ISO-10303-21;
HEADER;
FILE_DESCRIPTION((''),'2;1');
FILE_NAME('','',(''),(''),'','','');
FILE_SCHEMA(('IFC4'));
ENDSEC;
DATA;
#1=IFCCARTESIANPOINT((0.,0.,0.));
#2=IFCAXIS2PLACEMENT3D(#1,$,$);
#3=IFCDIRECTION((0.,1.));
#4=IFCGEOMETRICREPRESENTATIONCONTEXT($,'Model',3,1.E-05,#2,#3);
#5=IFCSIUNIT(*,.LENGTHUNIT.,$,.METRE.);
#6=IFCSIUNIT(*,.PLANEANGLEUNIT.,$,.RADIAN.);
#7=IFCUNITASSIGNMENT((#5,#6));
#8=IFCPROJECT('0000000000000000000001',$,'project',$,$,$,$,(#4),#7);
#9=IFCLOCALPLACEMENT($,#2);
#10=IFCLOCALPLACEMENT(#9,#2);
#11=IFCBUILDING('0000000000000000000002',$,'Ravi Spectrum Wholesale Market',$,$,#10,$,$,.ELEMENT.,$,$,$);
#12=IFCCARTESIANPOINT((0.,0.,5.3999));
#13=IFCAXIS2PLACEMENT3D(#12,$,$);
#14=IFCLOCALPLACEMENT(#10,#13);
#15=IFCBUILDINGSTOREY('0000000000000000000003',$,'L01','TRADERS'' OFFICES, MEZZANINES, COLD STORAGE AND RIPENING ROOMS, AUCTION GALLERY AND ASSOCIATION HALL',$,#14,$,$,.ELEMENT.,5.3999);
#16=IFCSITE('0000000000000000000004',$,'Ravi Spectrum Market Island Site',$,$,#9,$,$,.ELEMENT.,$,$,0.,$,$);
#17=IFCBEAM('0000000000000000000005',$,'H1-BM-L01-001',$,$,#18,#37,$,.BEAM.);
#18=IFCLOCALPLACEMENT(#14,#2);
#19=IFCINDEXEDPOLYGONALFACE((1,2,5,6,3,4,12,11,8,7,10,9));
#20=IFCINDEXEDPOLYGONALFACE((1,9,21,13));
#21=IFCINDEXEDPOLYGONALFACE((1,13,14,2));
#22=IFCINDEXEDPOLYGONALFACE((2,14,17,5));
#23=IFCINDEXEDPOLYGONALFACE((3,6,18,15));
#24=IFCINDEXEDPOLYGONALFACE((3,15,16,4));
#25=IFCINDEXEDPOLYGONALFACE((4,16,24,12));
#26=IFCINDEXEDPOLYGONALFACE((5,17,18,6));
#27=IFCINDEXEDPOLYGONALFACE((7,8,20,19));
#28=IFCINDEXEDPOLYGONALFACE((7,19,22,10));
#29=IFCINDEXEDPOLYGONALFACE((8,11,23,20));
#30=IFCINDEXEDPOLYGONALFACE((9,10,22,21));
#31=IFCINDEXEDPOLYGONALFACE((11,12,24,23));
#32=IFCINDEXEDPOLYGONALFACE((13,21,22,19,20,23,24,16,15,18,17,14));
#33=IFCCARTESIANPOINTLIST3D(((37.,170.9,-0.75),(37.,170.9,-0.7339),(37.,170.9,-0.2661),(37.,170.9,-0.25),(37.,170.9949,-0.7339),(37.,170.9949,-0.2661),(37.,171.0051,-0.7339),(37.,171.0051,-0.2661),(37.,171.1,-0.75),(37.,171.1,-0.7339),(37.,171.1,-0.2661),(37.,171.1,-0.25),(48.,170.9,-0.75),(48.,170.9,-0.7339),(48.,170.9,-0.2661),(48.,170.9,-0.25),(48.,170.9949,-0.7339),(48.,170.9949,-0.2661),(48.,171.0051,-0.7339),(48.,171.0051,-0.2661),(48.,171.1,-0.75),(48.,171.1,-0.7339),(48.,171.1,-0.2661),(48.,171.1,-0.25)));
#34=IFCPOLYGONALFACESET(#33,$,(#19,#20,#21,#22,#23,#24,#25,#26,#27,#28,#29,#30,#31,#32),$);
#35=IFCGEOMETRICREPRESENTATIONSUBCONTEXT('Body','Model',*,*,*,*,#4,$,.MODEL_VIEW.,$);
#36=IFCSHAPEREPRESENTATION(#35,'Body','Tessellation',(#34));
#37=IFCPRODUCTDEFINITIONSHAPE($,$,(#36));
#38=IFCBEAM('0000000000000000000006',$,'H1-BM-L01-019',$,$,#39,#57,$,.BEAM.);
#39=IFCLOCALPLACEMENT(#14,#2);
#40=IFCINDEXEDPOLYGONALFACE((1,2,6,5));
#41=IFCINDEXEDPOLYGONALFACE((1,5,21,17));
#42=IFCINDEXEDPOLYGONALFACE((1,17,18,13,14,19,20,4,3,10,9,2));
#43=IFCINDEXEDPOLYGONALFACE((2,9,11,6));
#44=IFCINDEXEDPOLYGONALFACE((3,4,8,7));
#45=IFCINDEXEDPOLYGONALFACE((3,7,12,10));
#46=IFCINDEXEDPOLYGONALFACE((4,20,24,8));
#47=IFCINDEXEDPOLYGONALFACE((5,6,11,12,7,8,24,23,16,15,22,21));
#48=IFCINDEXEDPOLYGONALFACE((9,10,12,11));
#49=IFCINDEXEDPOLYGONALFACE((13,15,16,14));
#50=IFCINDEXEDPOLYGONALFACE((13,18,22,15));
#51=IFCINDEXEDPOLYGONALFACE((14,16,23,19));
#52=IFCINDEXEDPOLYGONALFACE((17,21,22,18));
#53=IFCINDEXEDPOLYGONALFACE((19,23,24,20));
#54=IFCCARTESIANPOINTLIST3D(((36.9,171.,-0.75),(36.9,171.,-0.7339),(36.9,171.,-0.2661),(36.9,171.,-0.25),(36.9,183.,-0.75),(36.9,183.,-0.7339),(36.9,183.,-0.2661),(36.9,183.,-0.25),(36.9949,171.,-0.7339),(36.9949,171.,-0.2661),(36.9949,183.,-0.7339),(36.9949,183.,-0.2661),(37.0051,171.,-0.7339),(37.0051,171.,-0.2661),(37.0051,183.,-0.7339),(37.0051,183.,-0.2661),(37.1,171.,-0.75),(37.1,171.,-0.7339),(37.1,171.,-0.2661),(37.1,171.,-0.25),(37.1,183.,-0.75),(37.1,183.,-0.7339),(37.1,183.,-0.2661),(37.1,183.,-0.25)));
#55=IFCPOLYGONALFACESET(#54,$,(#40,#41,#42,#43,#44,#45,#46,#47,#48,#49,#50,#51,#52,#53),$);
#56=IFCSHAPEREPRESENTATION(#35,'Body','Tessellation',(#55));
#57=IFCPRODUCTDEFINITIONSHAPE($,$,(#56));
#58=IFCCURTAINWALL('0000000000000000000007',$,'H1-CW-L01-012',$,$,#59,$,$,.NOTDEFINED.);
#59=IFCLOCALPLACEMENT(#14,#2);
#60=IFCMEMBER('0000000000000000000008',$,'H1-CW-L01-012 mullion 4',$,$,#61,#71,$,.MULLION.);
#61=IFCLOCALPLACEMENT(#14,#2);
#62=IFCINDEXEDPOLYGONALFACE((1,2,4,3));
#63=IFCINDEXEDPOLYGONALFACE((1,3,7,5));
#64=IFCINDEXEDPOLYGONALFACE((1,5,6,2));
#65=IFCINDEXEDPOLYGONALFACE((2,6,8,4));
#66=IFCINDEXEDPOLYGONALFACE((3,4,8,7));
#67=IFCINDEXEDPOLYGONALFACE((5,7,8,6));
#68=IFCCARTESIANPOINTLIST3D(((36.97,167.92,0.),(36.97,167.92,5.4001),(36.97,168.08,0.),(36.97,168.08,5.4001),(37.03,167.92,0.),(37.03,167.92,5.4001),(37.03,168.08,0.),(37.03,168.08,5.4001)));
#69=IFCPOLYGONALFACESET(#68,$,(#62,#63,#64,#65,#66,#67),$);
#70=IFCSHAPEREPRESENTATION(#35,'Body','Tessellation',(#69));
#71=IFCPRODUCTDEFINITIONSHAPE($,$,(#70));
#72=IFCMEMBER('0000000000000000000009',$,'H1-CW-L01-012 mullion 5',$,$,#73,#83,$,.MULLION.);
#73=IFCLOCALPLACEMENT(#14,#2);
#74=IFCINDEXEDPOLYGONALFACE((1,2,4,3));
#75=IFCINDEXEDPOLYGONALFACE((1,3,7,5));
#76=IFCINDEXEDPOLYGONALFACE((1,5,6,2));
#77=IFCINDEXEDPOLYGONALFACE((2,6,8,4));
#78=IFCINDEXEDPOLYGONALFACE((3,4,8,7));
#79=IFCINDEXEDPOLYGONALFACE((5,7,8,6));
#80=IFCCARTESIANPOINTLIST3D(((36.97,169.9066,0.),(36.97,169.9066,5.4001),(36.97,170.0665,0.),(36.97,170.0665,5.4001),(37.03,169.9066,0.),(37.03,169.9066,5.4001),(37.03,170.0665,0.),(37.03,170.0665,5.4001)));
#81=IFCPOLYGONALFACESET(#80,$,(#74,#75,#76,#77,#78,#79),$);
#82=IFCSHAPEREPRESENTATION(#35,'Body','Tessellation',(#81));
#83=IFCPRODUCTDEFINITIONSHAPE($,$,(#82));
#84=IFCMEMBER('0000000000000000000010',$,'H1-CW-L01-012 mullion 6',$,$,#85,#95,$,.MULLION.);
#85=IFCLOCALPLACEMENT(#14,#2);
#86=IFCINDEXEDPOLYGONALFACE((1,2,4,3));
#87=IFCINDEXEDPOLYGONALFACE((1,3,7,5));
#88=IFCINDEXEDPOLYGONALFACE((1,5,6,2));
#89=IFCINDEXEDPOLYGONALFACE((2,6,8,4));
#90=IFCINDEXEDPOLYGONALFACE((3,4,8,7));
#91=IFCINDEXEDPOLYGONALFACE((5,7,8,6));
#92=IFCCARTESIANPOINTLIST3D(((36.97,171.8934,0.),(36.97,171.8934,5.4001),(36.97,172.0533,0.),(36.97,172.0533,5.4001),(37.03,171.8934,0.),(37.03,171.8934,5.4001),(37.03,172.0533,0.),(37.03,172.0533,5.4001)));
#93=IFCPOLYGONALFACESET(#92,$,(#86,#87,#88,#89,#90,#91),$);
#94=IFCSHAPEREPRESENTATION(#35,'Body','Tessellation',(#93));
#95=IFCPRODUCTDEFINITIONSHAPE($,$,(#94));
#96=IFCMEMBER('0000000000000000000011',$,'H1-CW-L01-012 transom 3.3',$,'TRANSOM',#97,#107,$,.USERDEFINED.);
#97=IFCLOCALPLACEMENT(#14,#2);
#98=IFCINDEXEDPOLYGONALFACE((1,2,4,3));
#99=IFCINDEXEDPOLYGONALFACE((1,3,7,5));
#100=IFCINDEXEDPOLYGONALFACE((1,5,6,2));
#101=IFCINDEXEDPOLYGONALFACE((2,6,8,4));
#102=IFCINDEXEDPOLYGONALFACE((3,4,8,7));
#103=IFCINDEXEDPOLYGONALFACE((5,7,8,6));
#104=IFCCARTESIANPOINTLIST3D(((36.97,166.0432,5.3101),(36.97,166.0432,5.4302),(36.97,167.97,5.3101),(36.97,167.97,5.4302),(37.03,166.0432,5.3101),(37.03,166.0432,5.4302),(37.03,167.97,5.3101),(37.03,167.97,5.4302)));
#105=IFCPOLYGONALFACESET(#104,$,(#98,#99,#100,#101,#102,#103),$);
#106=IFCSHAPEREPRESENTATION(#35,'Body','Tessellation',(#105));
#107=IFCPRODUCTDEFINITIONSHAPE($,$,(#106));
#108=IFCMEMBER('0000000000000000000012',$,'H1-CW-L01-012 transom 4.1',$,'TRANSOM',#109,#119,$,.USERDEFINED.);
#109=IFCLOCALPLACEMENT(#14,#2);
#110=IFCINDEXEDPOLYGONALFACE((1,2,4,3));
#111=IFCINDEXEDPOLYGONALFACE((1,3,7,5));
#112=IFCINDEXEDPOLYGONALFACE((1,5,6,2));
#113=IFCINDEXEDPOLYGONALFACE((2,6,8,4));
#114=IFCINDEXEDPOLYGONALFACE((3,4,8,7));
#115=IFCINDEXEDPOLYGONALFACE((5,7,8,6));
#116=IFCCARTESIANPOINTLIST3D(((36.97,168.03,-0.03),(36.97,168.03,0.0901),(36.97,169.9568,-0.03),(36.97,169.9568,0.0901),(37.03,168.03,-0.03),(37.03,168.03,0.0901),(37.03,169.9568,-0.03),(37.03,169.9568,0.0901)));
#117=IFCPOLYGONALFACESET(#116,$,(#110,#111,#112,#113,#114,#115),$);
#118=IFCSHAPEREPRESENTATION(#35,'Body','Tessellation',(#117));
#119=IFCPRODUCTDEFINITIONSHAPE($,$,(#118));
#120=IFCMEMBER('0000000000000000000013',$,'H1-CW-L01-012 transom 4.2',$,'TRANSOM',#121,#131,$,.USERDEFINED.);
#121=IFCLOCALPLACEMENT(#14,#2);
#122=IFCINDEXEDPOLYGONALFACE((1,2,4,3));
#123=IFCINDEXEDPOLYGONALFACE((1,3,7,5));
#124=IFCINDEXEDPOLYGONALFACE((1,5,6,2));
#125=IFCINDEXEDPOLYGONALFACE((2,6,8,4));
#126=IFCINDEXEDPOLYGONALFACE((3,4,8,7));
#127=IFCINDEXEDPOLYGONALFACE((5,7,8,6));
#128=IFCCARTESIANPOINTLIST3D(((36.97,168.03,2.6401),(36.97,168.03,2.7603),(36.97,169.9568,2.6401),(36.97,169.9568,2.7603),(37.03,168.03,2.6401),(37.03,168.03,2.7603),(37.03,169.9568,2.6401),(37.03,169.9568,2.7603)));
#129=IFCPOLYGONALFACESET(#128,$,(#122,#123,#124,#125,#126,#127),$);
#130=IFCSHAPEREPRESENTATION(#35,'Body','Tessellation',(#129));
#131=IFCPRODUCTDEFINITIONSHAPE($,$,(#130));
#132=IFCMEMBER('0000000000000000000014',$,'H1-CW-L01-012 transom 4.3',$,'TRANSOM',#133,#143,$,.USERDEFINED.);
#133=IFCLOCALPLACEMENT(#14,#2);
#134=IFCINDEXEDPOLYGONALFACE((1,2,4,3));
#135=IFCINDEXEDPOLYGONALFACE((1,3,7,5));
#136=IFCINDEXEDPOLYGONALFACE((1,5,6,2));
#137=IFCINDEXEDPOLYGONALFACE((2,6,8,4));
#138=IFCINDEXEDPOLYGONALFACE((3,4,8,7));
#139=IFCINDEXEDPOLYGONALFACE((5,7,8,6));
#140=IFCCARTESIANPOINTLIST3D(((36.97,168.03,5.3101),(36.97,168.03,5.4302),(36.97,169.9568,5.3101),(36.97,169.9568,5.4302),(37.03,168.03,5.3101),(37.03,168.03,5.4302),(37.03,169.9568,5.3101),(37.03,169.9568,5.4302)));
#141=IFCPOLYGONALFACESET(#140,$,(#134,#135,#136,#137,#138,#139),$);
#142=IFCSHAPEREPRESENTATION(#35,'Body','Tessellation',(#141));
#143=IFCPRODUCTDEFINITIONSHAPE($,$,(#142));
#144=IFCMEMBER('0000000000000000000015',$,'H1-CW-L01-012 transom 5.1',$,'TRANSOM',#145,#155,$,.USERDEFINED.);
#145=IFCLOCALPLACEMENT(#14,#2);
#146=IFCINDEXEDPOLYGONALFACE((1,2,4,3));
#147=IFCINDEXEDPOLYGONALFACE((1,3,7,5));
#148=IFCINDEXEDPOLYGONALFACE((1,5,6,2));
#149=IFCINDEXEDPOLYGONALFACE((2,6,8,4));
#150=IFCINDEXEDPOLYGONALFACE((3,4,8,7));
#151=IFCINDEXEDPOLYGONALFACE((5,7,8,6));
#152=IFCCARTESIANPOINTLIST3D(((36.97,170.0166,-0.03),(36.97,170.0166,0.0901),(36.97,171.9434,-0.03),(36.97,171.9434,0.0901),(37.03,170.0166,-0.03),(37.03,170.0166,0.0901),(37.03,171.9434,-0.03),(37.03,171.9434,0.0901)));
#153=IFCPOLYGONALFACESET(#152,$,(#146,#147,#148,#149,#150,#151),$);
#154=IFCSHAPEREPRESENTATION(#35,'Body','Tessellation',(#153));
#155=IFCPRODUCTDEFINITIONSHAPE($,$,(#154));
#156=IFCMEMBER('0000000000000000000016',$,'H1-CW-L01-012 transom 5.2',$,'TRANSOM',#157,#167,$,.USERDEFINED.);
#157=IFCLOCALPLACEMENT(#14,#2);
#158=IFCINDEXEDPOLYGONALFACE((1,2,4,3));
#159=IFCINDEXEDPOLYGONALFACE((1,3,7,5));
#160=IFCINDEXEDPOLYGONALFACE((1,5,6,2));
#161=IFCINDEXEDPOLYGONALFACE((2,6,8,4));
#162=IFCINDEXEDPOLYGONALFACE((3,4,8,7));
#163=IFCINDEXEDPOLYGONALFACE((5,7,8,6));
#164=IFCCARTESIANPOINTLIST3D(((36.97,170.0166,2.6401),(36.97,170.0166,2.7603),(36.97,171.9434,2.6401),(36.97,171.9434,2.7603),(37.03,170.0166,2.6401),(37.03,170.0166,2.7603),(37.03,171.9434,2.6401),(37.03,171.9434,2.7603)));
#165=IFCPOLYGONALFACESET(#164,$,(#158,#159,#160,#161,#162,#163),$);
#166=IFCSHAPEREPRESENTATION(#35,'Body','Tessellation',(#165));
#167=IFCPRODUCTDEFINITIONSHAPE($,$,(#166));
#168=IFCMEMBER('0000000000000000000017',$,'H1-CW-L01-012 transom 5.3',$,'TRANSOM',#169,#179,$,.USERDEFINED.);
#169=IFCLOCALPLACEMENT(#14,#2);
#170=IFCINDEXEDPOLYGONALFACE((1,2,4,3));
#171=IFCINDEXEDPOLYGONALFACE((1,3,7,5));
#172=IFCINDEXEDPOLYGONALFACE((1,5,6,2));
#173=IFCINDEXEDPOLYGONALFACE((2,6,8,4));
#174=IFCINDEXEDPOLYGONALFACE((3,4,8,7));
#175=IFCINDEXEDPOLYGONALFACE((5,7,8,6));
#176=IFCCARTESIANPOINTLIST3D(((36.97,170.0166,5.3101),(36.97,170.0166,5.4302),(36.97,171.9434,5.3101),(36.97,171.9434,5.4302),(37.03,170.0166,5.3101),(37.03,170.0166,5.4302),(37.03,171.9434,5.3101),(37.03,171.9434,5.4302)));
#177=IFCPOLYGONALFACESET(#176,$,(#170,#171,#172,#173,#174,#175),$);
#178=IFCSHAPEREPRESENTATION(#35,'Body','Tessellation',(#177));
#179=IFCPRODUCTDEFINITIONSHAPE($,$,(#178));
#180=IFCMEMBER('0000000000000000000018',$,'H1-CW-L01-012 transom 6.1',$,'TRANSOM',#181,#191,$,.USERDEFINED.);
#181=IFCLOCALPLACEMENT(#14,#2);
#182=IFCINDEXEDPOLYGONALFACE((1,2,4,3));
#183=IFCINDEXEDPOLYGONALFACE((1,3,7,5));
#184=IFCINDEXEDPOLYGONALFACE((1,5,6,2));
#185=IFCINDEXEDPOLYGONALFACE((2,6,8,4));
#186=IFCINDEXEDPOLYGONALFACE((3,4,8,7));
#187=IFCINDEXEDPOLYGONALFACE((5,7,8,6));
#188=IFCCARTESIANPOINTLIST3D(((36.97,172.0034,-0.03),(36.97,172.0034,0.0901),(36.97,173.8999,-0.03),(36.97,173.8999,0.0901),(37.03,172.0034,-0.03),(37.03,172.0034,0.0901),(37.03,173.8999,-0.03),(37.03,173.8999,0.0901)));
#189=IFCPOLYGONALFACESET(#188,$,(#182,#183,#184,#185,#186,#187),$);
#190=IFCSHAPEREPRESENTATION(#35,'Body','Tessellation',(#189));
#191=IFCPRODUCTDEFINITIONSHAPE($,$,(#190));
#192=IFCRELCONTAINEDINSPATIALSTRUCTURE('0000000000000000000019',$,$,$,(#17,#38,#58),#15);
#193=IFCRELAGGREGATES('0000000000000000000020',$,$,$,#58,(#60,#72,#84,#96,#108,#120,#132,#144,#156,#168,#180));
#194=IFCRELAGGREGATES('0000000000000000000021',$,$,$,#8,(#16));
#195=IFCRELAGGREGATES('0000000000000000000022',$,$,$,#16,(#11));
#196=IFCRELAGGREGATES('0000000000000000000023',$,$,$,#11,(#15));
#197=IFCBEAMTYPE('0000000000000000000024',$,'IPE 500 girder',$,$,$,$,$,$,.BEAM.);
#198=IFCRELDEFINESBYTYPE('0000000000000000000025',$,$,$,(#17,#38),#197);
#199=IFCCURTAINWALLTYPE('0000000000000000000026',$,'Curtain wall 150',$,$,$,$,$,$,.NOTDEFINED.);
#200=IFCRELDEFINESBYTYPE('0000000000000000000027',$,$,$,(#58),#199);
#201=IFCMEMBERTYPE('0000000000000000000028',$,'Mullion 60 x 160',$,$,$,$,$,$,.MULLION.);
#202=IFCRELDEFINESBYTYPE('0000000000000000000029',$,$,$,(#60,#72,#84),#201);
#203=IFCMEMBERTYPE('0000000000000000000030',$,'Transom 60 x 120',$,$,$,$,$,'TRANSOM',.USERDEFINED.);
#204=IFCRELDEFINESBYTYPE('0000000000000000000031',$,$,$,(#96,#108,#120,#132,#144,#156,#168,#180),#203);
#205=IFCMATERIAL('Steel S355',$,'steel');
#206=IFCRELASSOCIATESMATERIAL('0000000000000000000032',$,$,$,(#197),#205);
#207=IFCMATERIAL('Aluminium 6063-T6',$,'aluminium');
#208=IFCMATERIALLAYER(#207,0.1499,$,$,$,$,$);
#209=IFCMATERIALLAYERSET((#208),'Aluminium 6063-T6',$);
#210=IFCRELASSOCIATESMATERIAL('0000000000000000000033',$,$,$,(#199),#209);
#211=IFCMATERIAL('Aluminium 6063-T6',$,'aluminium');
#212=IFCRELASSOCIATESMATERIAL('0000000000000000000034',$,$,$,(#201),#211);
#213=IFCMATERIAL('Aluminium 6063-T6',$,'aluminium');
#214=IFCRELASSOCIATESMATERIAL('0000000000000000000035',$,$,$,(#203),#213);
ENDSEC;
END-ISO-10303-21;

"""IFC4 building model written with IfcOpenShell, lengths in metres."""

from ifc_helpers import new_model, si_unit, direction, frame, origin, origin_2d, place, context, subcontext, project, spatial, rectangle, i_section, extrude, material, layer, layer_set, material_profile, profile_set, type_object, element, aggregate, save


model = new_model("IFC4")

# Units and contexts
model_context = context("Model", 3, precision=1e-05, world=origin(), true_north=direction((0.0, 1.0)))
body_context = subcontext(model_context, "Body", "Model", "MODEL_VIEW")
ifc_project = project(units=[si_unit("LENGTHUNIT", "METRE"), si_unit("PLANEANGLEUNIT", "RADIAN")], contexts=[model_context])

# Site, building, storey
site_placement = place(None, origin())
site = spatial("IfcSite", under=ifc_project, at=site_placement, Name="Ravi Spectrum Market Island Site", CompositionType="ELEMENT", RefElevation=0.0)
building_placement = place(site_placement, origin())
building = spatial("IfcBuilding", under=site, at=building_placement, Name="Ravi Spectrum Wholesale Market", CompositionType="ELEMENT")
storey_placement = place(building_placement, frame((0.0, 0.0, 5.3999)))
storey = spatial("IfcBuildingStorey", under=building, at=storey_placement, Name="L01", Description="TRADERS' OFFICES, MEZZANINES, COLD STORAGE AND RIPENING ROOMS, AUCTION GALLERY AND ASSOCIATION HALL", CompositionType="ELEMENT", Elevation=5.3999)

# Beams
ifc_material_1 = material(Name="Steel S355", Category="steel")
ifc_material_profile_1 = material_profile(ifc_material_1, i_section(OverallWidth=0.2, OverallDepth=0.5, WebThickness=0.0103, FlangeThickness=0.0161, at=origin_2d()))
ifc_profile_set_1 = profile_set([ifc_material_profile_1], Name="Steel S355")
beam_type = type_object("IfcBeamType", Name="IPE 500 girder", PredefinedType="BEAM", material=ifc_profile_set_1)
beam_1_placement = place(storey_placement, frame((37.0, 171.0, -0.5), z_axis=(1.0, 0.0, 0.0), x_axis=(0.0, 1.0, 0.0)))
element("IfcBeam", 1, at=beam_1_placement, inside=storey, type_object=beam_type, Name="H1-BM-L01-001", PredefinedType="BEAM", context=body_context, shape_type="SweptSolid", body=[
    extrude(i_section(OverallWidth=0.2, OverallDepth=0.5, WebThickness=0.0103, FlangeThickness=0.0161, at=origin_2d()), origin(), (0.0, 0.0, 1.0), 11.0),
])
beam_2_placement = place(storey_placement, frame((37.0, 171.0, -0.5), z_axis=(0.0, 1.0, 0.0), x_axis=(-1.0, 0.0, 0.0)))
element("IfcBeam", 2, at=beam_2_placement, inside=storey, type_object=beam_type, Name="H1-BM-L01-019", PredefinedType="BEAM", context=body_context, shape_type="SweptSolid", body=[
    extrude(i_section(OverallWidth=0.2, OverallDepth=0.5, WebThickness=0.0103, FlangeThickness=0.0161, at=origin_2d()), origin(), (0.0, 0.0, 1.0), 12.0),
])

# Curtain wall, members
ifc_material_2 = material(Name="Aluminium 6063-T6", Category="aluminium")
ifc_layer_1 = layer(ifc_material_2, 0.1499)
ifc_layer_set_1 = layer_set([ifc_layer_1], Name="Aluminium 6063-T6")
curtain_wall_type = type_object("IfcCurtainWallType", Name="Curtain wall 150", PredefinedType="NOTDEFINED", material=ifc_layer_set_1)
curtain_wall_placement = place(storey_placement, origin())
curtain_wall = element("IfcCurtainWall", 3, at=curtain_wall_placement, inside=storey, type_object=curtain_wall_type, Name="H1-CW-L01-012", PredefinedType="NOTDEFINED")
ifc_material_3 = material(Name="Aluminium 6063-T6", Category="aluminium")
ifc_material_profile_2 = material_profile(ifc_material_3, rectangle(XDim=0.0601, YDim=0.1599, at=origin_2d()))
ifc_profile_set_2 = profile_set([ifc_material_profile_2], Name="Aluminium 6063-T6")
member_type_1 = type_object("IfcMemberType", Name="Mullion 60 x 160", PredefinedType="MULLION", material=ifc_profile_set_2)
member_1_placement = place(storey_placement, frame((37.0, 168.0, 0.0), z_axis=(0.0, 0.0, 1.0), x_axis=(-1.0, 0.0, 0.0)))
member_1 = element("IfcMember", 4, at=member_1_placement, type_object=member_type_1, Name="H1-CW-L01-012 mullion 4", PredefinedType="MULLION", context=body_context, shape_type="SweptSolid", body=[
    extrude(rectangle(XDim=0.0601, YDim=0.1599, at=origin_2d()), origin(), (0.0, 0.0, 1.0), 5.4001),
])
member_2_placement = place(storey_placement, frame((37.0, 169.9866, 0.0), z_axis=(0.0, 0.0, 1.0), x_axis=(-1.0, 0.0, 0.0)))
member_2 = element("IfcMember", 5, at=member_2_placement, type_object=member_type_1, Name="H1-CW-L01-012 mullion 5", PredefinedType="MULLION", context=body_context, shape_type="SweptSolid", body=[
    extrude(rectangle(XDim=0.0601, YDim=0.1599, at=origin_2d()), origin(), (0.0, 0.0, 1.0), 5.4001),
])
member_3_placement = place(storey_placement, frame((37.0, 171.9734, 0.0), z_axis=(0.0, 0.0, 1.0), x_axis=(-1.0, 0.0, 0.0)))
member_3 = element("IfcMember", 6, at=member_3_placement, type_object=member_type_1, Name="H1-CW-L01-012 mullion 6", PredefinedType="MULLION", context=body_context, shape_type="SweptSolid", body=[
    extrude(rectangle(XDim=0.0601, YDim=0.1599, at=origin_2d()), origin(), (0.0, 0.0, 1.0), 5.4001),
])
ifc_material_4 = material(Name="Aluminium 6063-T6", Category="aluminium")
ifc_material_profile_3 = material_profile(ifc_material_4, rectangle(XDim=0.0601, YDim=0.1201, at=origin_2d()))
ifc_profile_set_3 = profile_set([ifc_material_profile_3], Name="Aluminium 6063-T6")
member_type_2 = type_object("IfcMemberType", Name="Transom 60 x 120", ElementType="TRANSOM", PredefinedType="USERDEFINED", material=ifc_profile_set_3)
member_4_placement = place(storey_placement, frame((37.0, 166.0432, 5.3701), z_axis=(0.0, 1.0, 0.0), x_axis=(-1.0, 0.0, 0.0)))
member_4 = element("IfcMember", 7, at=member_4_placement, type_object=member_type_2, Name="H1-CW-L01-012 transom 3.3", ObjectType="TRANSOM", PredefinedType="USERDEFINED", context=body_context, shape_type="SweptSolid", body=[
    extrude(rectangle(XDim=0.0601, YDim=0.1201, at=origin_2d()), origin(), (0.0, 0.0, 1.0), 1.9268),
])
member_5_placement = place(storey_placement, frame((37.0, 168.03, 0.03), z_axis=(0.0, 1.0, 0.0), x_axis=(-1.0, 0.0, 0.0)))
member_5 = element("IfcMember", 8, at=member_5_placement, type_object=member_type_2, Name="H1-CW-L01-012 transom 4.1", ObjectType="TRANSOM", PredefinedType="USERDEFINED", context=body_context, shape_type="SweptSolid", body=[
    extrude(rectangle(XDim=0.0601, YDim=0.1201, at=origin_2d()), origin(), (0.0, 0.0, 1.0), 1.9268),
])
member_6_placement = place(storey_placement, frame((37.0, 168.03, 2.7002), z_axis=(0.0, 1.0, 0.0), x_axis=(-1.0, 0.0, 0.0)))
member_6 = element("IfcMember", 9, at=member_6_placement, type_object=member_type_2, Name="H1-CW-L01-012 transom 4.2", ObjectType="TRANSOM", PredefinedType="USERDEFINED", context=body_context, shape_type="SweptSolid", body=[
    extrude(rectangle(XDim=0.0601, YDim=0.1201, at=origin_2d()), origin(), (0.0, 0.0, 1.0), 1.9268),
])
member_7_placement = place(storey_placement, frame((37.0, 168.03, 5.3701), z_axis=(0.0, 1.0, 0.0), x_axis=(-1.0, 0.0, 0.0)))
member_7 = element("IfcMember", 10, at=member_7_placement, type_object=member_type_2, Name="H1-CW-L01-012 transom 4.3", ObjectType="TRANSOM", PredefinedType="USERDEFINED", context=body_context, shape_type="SweptSolid", body=[
    extrude(rectangle(XDim=0.0601, YDim=0.1201, at=origin_2d()), origin(), (0.0, 0.0, 1.0), 1.9268),
])
member_8_placement = place(storey_placement, frame((37.0, 170.0166, 0.03), z_axis=(0.0, 1.0, 0.0), x_axis=(-1.0, 0.0, 0.0)))
member_8 = element("IfcMember", 11, at=member_8_placement, type_object=member_type_2, Name="H1-CW-L01-012 transom 5.1", ObjectType="TRANSOM", PredefinedType="USERDEFINED", context=body_context, shape_type="SweptSolid", body=[
    extrude(rectangle(XDim=0.0601, YDim=0.1201, at=origin_2d()), origin(), (0.0, 0.0, 1.0), 1.9268),
])
member_9_placement = place(storey_placement, frame((37.0, 170.0166, 2.7002), z_axis=(0.0, 1.0, 0.0), x_axis=(-1.0, 0.0, 0.0)))
member_9 = element("IfcMember", 12, at=member_9_placement, type_object=member_type_2, Name="H1-CW-L01-012 transom 5.2", ObjectType="TRANSOM", PredefinedType="USERDEFINED", context=body_context, shape_type="SweptSolid", body=[
    extrude(rectangle(XDim=0.0601, YDim=0.1201, at=origin_2d()), origin(), (0.0, 0.0, 1.0), 1.9268),
])
member_10_placement = place(storey_placement, frame((37.0, 170.0166, 5.3701), z_axis=(0.0, 1.0, 0.0), x_axis=(-1.0, 0.0, 0.0)))
member_10 = element("IfcMember", 13, at=member_10_placement, type_object=member_type_2, Name="H1-CW-L01-012 transom 5.3", ObjectType="TRANSOM", PredefinedType="USERDEFINED", context=body_context, shape_type="SweptSolid", body=[
    extrude(rectangle(XDim=0.0601, YDim=0.1201, at=origin_2d()), origin(), (0.0, 0.0, 1.0), 1.9268),
])
member_11_placement = place(storey_placement, frame((37.0, 172.0034, 0.03), z_axis=(0.0, 1.0, 0.0), x_axis=(-1.0, 0.0, 0.0)))
member_11 = element("IfcMember", 14, at=member_11_placement, type_object=member_type_2, Name="H1-CW-L01-012 transom 6.1", ObjectType="TRANSOM", PredefinedType="USERDEFINED", context=body_context, shape_type="SweptSolid", body=[
    extrude(rectangle(XDim=0.0601, YDim=0.1201, at=origin_2d()), origin(), (0.0, 0.0, 1.0), 1.8965),
])
aggregate(curtain_wall, [member_1, member_2, member_3, member_4, member_5, member_6, member_7, member_8, member_9, member_10, member_11])

save(model, "model.ifc")
